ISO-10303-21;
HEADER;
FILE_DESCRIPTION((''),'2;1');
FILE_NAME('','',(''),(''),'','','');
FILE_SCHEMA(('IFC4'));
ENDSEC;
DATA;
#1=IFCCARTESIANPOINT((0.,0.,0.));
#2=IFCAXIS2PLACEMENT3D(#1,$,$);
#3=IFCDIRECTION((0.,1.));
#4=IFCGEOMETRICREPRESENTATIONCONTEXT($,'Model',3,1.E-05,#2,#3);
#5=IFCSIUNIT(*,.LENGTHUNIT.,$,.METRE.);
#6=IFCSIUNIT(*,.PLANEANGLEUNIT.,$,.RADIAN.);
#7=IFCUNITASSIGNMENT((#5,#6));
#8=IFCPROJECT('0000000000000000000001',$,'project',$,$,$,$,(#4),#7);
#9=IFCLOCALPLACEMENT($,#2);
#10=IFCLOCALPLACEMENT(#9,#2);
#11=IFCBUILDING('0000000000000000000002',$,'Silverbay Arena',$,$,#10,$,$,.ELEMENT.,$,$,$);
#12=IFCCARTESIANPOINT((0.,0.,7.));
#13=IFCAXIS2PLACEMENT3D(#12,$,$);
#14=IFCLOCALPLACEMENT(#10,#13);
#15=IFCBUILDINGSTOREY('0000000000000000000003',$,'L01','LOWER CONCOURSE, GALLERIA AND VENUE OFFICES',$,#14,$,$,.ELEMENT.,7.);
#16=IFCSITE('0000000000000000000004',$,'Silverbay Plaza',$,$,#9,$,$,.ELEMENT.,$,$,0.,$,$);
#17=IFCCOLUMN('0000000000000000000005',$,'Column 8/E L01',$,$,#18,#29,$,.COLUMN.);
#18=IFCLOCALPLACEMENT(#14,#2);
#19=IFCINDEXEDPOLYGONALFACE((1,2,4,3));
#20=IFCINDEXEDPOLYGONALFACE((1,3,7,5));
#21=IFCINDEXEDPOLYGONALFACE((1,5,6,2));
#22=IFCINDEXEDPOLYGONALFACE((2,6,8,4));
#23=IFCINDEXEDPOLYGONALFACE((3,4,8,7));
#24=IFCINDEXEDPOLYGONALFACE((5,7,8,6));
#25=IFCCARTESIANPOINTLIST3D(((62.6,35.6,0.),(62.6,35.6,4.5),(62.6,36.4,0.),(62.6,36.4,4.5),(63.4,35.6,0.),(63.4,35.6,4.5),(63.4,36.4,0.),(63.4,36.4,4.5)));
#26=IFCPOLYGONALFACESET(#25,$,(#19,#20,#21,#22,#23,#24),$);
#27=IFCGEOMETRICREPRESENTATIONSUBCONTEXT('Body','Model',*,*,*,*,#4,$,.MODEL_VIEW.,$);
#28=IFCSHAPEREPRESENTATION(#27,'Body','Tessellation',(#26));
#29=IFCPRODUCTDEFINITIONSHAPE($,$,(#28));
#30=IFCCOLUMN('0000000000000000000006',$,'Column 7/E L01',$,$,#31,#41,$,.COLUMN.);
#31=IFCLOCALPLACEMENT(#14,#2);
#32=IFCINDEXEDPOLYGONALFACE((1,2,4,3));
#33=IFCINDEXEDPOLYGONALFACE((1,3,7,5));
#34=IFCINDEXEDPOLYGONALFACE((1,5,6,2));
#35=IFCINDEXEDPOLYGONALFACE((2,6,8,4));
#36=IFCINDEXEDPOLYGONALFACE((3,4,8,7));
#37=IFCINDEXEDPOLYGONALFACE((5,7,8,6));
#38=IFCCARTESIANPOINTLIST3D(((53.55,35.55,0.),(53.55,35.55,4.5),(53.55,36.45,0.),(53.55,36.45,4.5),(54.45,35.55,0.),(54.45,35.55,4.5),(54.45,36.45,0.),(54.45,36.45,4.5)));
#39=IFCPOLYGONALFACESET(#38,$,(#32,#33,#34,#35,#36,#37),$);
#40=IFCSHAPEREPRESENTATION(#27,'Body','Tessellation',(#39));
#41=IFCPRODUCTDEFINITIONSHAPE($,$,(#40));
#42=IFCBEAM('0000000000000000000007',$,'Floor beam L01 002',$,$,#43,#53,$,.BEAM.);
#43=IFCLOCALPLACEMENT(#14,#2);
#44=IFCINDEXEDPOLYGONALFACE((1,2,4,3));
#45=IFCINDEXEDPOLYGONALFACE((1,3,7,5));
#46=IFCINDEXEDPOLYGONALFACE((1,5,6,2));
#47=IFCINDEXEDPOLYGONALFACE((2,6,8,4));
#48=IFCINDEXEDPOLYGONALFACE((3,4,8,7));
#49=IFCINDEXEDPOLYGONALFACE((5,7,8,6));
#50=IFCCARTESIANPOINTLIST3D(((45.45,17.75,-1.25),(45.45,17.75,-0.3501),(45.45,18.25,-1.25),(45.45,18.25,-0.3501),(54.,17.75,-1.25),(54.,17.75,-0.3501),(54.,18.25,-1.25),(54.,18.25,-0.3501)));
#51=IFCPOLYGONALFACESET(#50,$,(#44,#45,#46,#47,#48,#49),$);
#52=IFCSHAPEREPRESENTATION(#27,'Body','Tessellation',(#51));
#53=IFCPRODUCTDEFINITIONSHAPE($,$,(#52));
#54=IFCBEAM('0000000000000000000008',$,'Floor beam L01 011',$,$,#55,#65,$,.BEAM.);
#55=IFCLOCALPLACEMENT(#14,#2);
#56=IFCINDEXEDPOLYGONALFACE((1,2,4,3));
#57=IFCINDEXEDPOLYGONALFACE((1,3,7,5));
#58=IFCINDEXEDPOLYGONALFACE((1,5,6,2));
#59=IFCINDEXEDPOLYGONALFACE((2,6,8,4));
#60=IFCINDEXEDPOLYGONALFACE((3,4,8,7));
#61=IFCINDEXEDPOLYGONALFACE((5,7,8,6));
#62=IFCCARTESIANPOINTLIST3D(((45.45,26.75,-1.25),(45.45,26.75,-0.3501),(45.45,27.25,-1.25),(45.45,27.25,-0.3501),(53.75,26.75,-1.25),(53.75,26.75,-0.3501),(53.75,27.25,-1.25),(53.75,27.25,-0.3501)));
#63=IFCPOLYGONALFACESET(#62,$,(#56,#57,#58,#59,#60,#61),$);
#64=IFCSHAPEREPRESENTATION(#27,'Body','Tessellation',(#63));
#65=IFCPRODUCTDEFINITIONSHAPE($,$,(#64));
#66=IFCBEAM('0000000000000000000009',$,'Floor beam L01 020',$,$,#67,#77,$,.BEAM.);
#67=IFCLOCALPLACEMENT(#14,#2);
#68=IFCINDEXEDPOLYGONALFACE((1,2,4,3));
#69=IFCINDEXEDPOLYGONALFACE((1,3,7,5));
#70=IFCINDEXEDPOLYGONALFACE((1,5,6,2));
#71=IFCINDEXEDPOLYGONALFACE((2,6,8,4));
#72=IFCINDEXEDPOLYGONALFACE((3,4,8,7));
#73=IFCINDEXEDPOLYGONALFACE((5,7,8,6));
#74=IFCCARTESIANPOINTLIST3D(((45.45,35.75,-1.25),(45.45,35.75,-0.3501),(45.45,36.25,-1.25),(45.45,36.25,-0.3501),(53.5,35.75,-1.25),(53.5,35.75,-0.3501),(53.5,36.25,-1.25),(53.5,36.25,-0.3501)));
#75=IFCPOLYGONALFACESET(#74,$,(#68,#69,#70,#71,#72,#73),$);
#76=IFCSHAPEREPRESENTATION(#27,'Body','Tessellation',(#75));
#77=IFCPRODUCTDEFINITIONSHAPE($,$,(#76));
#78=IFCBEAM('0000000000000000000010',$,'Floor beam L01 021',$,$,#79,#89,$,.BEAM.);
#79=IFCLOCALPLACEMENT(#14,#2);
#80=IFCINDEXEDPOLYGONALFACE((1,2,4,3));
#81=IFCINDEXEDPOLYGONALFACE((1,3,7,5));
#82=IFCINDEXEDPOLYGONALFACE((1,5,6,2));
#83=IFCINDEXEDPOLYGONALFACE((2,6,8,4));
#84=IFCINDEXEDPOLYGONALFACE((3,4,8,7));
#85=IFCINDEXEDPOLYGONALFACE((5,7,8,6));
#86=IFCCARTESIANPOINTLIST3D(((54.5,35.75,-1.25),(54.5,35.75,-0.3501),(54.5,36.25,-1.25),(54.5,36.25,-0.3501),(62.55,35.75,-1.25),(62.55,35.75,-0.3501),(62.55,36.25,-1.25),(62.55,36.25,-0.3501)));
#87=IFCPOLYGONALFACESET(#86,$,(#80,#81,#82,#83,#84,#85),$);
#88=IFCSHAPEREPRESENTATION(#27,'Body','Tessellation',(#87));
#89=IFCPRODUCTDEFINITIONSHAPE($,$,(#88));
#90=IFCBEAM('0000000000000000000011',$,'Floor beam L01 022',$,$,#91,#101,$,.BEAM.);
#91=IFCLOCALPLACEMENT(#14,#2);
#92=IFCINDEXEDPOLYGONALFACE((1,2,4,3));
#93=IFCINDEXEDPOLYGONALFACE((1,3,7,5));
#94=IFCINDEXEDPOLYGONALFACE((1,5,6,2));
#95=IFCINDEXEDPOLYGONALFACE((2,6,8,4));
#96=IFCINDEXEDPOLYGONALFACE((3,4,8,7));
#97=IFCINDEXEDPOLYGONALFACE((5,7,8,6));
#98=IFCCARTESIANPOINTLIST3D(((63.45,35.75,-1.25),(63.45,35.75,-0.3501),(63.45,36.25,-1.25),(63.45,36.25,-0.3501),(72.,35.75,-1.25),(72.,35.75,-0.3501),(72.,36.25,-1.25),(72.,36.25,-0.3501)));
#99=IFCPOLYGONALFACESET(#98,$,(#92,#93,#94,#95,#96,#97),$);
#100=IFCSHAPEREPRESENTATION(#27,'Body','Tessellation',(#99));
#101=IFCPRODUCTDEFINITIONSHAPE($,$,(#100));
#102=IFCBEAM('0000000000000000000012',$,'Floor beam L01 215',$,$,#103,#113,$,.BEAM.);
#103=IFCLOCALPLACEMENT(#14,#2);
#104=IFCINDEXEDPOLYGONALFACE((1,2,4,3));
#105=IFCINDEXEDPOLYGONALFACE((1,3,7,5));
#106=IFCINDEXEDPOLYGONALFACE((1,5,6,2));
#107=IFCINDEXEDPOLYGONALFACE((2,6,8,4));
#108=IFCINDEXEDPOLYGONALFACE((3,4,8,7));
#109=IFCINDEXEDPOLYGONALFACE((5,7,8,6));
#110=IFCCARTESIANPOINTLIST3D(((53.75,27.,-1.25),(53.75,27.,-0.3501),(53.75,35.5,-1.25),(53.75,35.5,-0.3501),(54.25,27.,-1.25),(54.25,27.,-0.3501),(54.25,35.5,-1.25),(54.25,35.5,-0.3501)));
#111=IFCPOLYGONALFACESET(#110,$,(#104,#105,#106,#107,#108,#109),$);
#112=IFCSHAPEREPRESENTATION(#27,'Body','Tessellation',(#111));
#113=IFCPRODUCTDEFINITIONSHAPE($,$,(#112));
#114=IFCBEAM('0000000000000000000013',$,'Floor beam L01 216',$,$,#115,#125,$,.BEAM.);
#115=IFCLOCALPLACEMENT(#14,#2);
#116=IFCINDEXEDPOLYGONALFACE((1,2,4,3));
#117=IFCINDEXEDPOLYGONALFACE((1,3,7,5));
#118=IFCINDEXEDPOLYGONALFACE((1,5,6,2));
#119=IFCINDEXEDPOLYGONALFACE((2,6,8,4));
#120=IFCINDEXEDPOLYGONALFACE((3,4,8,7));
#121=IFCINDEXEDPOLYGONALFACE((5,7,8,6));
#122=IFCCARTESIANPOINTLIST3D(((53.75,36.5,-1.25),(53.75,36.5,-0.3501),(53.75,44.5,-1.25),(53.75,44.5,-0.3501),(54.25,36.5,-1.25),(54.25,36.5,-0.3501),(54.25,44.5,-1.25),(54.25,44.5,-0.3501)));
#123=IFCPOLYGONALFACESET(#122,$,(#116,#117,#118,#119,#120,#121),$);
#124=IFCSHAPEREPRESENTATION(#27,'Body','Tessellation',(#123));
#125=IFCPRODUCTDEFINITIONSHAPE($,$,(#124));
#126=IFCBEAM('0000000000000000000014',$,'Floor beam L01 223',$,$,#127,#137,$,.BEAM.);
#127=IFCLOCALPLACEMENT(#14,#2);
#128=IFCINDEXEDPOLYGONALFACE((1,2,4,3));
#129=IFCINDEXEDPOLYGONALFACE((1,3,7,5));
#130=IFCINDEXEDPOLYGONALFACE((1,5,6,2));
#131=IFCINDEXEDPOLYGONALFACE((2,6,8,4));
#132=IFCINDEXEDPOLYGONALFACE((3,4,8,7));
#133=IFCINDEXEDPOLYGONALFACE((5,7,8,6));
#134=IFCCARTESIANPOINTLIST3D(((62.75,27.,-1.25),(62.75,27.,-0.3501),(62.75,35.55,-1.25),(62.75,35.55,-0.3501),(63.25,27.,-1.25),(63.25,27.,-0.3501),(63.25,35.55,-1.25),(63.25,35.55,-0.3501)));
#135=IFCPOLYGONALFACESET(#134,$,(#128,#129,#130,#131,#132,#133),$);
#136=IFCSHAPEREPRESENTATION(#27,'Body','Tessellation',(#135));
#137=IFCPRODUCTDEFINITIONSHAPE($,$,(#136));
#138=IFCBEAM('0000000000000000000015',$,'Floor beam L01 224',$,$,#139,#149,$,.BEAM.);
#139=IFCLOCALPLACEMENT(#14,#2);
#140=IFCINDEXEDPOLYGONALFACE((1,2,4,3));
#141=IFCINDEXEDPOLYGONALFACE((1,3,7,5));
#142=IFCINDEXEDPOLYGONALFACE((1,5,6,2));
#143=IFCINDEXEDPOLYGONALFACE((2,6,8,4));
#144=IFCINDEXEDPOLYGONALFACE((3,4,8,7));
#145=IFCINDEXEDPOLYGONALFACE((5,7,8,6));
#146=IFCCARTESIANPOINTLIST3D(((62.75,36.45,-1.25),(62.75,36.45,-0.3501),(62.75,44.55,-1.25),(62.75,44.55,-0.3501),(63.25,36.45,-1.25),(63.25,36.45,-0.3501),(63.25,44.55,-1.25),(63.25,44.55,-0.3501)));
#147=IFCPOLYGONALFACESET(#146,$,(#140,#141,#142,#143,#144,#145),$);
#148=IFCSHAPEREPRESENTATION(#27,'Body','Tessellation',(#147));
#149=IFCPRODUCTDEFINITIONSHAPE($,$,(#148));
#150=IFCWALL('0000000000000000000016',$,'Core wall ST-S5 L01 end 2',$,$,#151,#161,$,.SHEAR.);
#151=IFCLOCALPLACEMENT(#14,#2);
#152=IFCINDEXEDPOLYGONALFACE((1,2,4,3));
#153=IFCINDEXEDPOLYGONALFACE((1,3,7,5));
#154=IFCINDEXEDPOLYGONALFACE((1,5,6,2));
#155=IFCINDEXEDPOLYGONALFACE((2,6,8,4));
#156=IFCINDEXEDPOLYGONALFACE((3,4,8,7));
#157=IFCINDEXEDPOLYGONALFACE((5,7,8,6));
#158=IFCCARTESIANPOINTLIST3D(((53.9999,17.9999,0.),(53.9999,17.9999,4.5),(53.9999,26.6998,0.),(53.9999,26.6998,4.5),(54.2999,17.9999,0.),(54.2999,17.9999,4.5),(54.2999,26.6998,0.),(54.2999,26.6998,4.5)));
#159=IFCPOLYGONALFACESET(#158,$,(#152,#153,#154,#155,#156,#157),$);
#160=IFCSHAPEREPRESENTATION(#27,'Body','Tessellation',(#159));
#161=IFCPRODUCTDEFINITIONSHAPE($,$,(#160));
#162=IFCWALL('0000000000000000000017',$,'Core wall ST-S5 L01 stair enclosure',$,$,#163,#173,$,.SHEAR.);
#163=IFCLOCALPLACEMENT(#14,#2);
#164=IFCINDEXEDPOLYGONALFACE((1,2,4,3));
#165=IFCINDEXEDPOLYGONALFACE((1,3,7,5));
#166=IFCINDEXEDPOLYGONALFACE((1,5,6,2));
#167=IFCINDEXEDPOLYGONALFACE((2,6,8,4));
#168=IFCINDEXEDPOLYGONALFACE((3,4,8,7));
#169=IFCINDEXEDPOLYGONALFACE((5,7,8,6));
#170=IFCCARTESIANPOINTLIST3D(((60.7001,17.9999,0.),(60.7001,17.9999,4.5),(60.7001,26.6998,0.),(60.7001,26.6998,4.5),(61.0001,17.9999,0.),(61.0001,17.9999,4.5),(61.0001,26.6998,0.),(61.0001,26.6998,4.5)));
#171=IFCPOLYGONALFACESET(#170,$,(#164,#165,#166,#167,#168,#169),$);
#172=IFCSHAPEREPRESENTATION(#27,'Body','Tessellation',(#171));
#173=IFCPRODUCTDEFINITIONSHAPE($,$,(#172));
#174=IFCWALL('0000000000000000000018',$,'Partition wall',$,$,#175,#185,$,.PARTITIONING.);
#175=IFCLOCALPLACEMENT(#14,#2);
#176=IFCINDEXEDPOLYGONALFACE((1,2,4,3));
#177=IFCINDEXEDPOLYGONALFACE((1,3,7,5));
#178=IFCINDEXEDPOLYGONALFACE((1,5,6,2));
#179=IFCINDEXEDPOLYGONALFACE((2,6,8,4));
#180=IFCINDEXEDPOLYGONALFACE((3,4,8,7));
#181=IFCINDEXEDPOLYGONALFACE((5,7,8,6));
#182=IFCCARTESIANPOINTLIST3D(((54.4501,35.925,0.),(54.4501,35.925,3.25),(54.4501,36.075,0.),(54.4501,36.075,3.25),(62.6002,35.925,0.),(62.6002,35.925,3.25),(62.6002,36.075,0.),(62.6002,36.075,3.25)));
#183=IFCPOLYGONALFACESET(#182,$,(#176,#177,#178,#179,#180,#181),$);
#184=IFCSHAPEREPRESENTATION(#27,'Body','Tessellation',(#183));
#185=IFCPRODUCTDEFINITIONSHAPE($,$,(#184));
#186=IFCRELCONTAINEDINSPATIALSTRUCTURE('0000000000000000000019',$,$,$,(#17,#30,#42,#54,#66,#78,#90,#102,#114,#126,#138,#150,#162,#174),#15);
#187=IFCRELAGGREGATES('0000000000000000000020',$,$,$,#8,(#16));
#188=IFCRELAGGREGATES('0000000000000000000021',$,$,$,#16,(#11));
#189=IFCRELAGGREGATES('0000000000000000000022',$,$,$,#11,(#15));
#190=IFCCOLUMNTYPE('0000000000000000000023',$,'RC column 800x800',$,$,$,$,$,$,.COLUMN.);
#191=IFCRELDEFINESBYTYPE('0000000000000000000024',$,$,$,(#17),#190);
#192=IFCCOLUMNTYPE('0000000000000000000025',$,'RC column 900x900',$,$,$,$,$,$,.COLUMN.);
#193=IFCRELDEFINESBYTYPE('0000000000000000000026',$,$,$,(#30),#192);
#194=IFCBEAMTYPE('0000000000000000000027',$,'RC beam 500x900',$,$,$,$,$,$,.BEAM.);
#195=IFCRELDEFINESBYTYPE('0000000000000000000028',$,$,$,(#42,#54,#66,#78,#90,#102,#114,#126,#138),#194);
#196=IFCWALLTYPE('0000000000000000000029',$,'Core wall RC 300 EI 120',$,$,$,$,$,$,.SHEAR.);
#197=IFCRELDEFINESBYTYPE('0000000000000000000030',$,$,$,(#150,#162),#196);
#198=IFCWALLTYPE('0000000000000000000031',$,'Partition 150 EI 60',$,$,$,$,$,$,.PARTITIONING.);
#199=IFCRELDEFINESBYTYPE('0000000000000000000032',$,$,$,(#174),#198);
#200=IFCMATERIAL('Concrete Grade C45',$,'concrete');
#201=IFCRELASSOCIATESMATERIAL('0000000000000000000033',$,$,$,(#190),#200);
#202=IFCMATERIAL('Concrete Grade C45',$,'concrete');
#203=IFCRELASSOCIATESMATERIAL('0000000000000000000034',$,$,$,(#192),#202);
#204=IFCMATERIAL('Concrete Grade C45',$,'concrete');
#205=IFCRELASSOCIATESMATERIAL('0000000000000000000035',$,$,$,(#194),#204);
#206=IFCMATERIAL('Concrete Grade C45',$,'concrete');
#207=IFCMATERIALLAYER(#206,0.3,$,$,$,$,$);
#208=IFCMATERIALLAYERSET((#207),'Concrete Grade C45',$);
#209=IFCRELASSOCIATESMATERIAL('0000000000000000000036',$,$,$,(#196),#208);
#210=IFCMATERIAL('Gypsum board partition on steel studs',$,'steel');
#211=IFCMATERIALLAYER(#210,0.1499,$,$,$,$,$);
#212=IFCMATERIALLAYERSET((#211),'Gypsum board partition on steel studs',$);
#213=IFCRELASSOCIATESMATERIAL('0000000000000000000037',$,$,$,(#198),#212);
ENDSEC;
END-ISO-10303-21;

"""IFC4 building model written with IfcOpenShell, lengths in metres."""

from ifc_helpers import new_model, si_unit, direction, frame, frame_2d, origin, origin_2d, place, context, subcontext, project, spatial, rectangle, extrude, material, layer, layer_set, material_profile, profile_set, type_object, element, save


model = new_model("IFC4")

# Units and contexts
model_context = context("Model", 3, precision=1e-05, world=origin(), true_north=direction((0.0, 1.0)))
body_context = subcontext(model_context, "Body", "Model", "MODEL_VIEW")
ifc_project = project(units=[si_unit("LENGTHUNIT", "METRE"), si_unit("PLANEANGLEUNIT", "RADIAN")], contexts=[model_context])

# Site, building, storey
site_placement = place(None, origin())
site = spatial("IfcSite", under=ifc_project, at=site_placement, Name="Silverbay Plaza", CompositionType="ELEMENT", RefElevation=0.0)
building_placement = place(site_placement, origin())
building = spatial("IfcBuilding", under=site, at=building_placement, Name="Silverbay Arena", CompositionType="ELEMENT")
storey_placement = place(building_placement, frame((0.0, 0.0, 7.0)))
storey = spatial("IfcBuildingStorey", under=building, at=storey_placement, Name="L01", Description="LOWER CONCOURSE, GALLERIA AND VENUE OFFICES", CompositionType="ELEMENT", Elevation=7.0)

# Columns
ifc_material_1 = material(Name="Concrete Grade C45", Category="concrete")
ifc_material_profile_1 = material_profile(ifc_material_1, rectangle(XDim=0.8, YDim=0.8, at=origin_2d()), Name="RC 800x800")
ifc_profile_set_1 = profile_set([ifc_material_profile_1], Name="Concrete Grade C45")
column_type_1 = type_object("IfcColumnType", Name="RC column 800x800", PredefinedType="COLUMN", material=ifc_profile_set_1)
column_1_placement = place(storey_placement, frame((63.0, 36.0, 0.0), z_axis=(0.0, 0.0, 1.0), x_axis=(1.0, 0.0, 0.0)))
element("IfcColumn", 1, at=column_1_placement, inside=storey, type_object=column_type_1, Name="Column 8/E L01", PredefinedType="COLUMN", context=body_context, shape_type="SweptSolid", body=[
    extrude(rectangle(XDim=0.8, YDim=0.8, at=origin_2d()), origin(), (0.0, 0.0, 1.0), 4.5),
])
ifc_material_2 = material(Name="Concrete Grade C45", Category="concrete")
ifc_material_profile_2 = material_profile(ifc_material_2, rectangle(XDim=0.8999, YDim=0.8999, at=origin_2d()), Name="RC 900x900")
ifc_profile_set_2 = profile_set([ifc_material_profile_2], Name="Concrete Grade C45")
column_type_2 = type_object("IfcColumnType", Name="RC column 900x900", PredefinedType="COLUMN", material=ifc_profile_set_2)
column_2_placement = place(storey_placement, frame((54.0, 36.0, 0.0), z_axis=(0.0, 0.0, 1.0), x_axis=(1.0, 0.0, 0.0)))
element("IfcColumn", 2, at=column_2_placement, inside=storey, type_object=column_type_2, Name="Column 7/E L01", PredefinedType="COLUMN", context=body_context, shape_type="SweptSolid", body=[
    extrude(rectangle(XDim=0.8999, YDim=0.8999, at=origin_2d()), origin(), (0.0, 0.0, 1.0), 4.5),
])

# Beams
ifc_material_3 = material(Name="Concrete Grade C45", Category="concrete")
ifc_material_profile_3 = material_profile(ifc_material_3, rectangle(XDim=0.5, YDim=0.8999, at=origin_2d()), Name="RC 500x900")
ifc_profile_set_3 = profile_set([ifc_material_profile_3], Name="Concrete Grade C45")
beam_type = type_object("IfcBeamType", Name="RC beam 500x900", PredefinedType="BEAM", material=ifc_profile_set_3)
beam_1_placement = place(storey_placement, frame((45.45, 18.0, -0.8), z_axis=(1.0, 0.0, 0.0), x_axis=(0.0, 1.0, 0.0)))
element("IfcBeam", 3, at=beam_1_placement, inside=storey, type_object=beam_type, Name="Floor beam L01 002", PredefinedType="BEAM", context=body_context, shape_type="SweptSolid", body=[
    extrude(rectangle(XDim=0.5, YDim=0.8999, at=origin_2d()), origin(), (0.0, 0.0, 1.0), 8.55),
])
beam_2_placement = place(storey_placement, frame((45.45, 27.0, -0.8), z_axis=(1.0, 0.0, 0.0), x_axis=(0.0, 1.0, 0.0)))
element("IfcBeam", 4, at=beam_2_placement, inside=storey, type_object=beam_type, Name="Floor beam L01 011", PredefinedType="BEAM", context=body_context, shape_type="SweptSolid", body=[
    extrude(rectangle(XDim=0.5, YDim=0.8999, at=origin_2d()), origin(), (0.0, 0.0, 1.0), 8.3),
])
for number, where, z_axis, x_axis, name in (
    (5, (45.45, 36.0, -0.8), (1.0, 0.0, 0.0), (0.0, 1.0, 0.0), "Floor beam L01 020"),
    (6, (54.5, 36.0, -0.8), (1.0, 0.0, 0.0), (0.0, 1.0, 0.0), "Floor beam L01 021"),
):
    element("IfcBeam", number, at=place(storey_placement, frame(where, z_axis=z_axis, x_axis=x_axis)), inside=storey, type_object=beam_type, Name=name, PredefinedType="BEAM", context=body_context, shape_type="SweptSolid", body=[
        extrude(rectangle(XDim=0.5, YDim=0.8999, at=origin_2d()), origin(), (0.0, 0.0, 1.0), 8.05),
    ])
beam_3_placement = place(storey_placement, frame((63.45, 36.0, -0.8), z_axis=(1.0, 0.0, 0.0), x_axis=(0.0, 1.0, 0.0)))
element("IfcBeam", 7, at=beam_3_placement, inside=storey, type_object=beam_type, Name="Floor beam L01 022", PredefinedType="BEAM", context=body_context, shape_type="SweptSolid", body=[
    extrude(rectangle(XDim=0.5, YDim=0.8999, at=origin_2d()), origin(), (0.0, 0.0, 1.0), 8.55),
])
beam_4_placement = place(storey_placement, frame((54.0, 27.0, -0.8), z_axis=(0.0, 1.0, 0.0), x_axis=(-1.0, 0.0, 0.0)))
element("IfcBeam", 8, at=beam_4_placement, inside=storey, type_object=beam_type, Name="Floor beam L01 215", PredefinedType="BEAM", context=body_context, shape_type="SweptSolid", body=[
    extrude(rectangle(XDim=0.5, YDim=0.8999, at=origin_2d()), origin(), (0.0, 0.0, 1.0), 8.5),
])
beam_5_placement = place(storey_placement, frame((54.0, 36.5, -0.8), z_axis=(0.0, 1.0, 0.0), x_axis=(-1.0, 0.0, 0.0)))
element("IfcBeam", 9, at=beam_5_placement, inside=storey, type_object=beam_type, Name="Floor beam L01 216", PredefinedType="BEAM", context=body_context, shape_type="SweptSolid", body=[
    extrude(rectangle(XDim=0.5, YDim=0.8999, at=origin_2d()), origin(), (0.0, 0.0, 1.0), 8.0),
])
beam_6_placement = place(storey_placement, frame((63.0, 27.0, -0.8), z_axis=(0.0, 1.0, 0.0), x_axis=(-1.0, 0.0, 0.0)))
element("IfcBeam", 10, at=beam_6_placement, inside=storey, type_object=beam_type, Name="Floor beam L01 223", PredefinedType="BEAM", context=body_context, shape_type="SweptSolid", body=[
    extrude(rectangle(XDim=0.5, YDim=0.8999, at=origin_2d()), origin(), (0.0, 0.0, 1.0), 8.55),
])
beam_7_placement = place(storey_placement, frame((63.0, 36.45, -0.8), z_axis=(0.0, 1.0, 0.0), x_axis=(-1.0, 0.0, 0.0)))
element("IfcBeam", 11, at=beam_7_placement, inside=storey, type_object=beam_type, Name="Floor beam L01 224", PredefinedType="BEAM", context=body_context, shape_type="SweptSolid", body=[
    extrude(rectangle(XDim=0.5, YDim=0.8999, at=origin_2d()), origin(), (0.0, 0.0, 1.0), 8.1001),
])

# Walls
ifc_material_4 = material(Name="Concrete Grade C45", Category="concrete")
ifc_layer_1 = layer(ifc_material_4, 0.3)
ifc_layer_set_1 = layer_set([ifc_layer_1], Name="Concrete Grade C45")
wall_type_1 = type_object("IfcWallType", Name="Core wall RC 300 EI 120", PredefinedType="SHEAR", material=ifc_layer_set_1)
for number, where, z_axis, x_axis, name in (
    (12, (54.1499, 26.7, 0.0), (0.0, 0.0, 1.0), (0.0, -1.0, 0.0), "Core wall ST-S5 L01 end 2"),
    (13, (60.8501, 26.7, 0.0), (0.0, 0.0, 1.0), (0.0, -1.0, 0.0), "Core wall ST-S5 L01 stair enclosure"),
):
    element("IfcWall", number, at=place(storey_placement, frame(where, z_axis=z_axis, x_axis=x_axis)), inside=storey, type_object=wall_type_1, Name=name, PredefinedType="SHEAR", context=body_context, shape_type="SweptSolid", body=[
        extrude(rectangle(XDim=8.7, YDim=0.3, at=frame_2d((4.3501, 0.0))), origin(), (0.0, 0.0, 1.0), 4.5),
    ])
ifc_material_5 = material(Name="Gypsum board partition on steel studs", Category="steel")
ifc_layer_2 = layer(ifc_material_5, 0.1499)
ifc_layer_set_2 = layer_set([ifc_layer_2], Name="Gypsum board partition on steel studs")
wall_type_2 = type_object("IfcWallType", Name="Partition 150 EI 60", PredefinedType="PARTITIONING", material=ifc_layer_set_2)
wall_1_placement = place(storey_placement, frame((54.45, 36.0, 0.0), z_axis=(0.0, 0.0, 1.0), x_axis=(1.0, 0.0, 0.0)))
element("IfcWall", 14, at=wall_1_placement, inside=storey, type_object=wall_type_2, Name="Partition wall", PredefinedType="PARTITIONING", context=body_context, shape_type="SweptSolid", body=[
    extrude(rectangle(XDim=8.1501, YDim=0.1499, at=frame_2d((4.0752, 0.0))), origin(), (0.0, 0.0, 1.0), 3.25),
])

save(model, "model.ifc")
